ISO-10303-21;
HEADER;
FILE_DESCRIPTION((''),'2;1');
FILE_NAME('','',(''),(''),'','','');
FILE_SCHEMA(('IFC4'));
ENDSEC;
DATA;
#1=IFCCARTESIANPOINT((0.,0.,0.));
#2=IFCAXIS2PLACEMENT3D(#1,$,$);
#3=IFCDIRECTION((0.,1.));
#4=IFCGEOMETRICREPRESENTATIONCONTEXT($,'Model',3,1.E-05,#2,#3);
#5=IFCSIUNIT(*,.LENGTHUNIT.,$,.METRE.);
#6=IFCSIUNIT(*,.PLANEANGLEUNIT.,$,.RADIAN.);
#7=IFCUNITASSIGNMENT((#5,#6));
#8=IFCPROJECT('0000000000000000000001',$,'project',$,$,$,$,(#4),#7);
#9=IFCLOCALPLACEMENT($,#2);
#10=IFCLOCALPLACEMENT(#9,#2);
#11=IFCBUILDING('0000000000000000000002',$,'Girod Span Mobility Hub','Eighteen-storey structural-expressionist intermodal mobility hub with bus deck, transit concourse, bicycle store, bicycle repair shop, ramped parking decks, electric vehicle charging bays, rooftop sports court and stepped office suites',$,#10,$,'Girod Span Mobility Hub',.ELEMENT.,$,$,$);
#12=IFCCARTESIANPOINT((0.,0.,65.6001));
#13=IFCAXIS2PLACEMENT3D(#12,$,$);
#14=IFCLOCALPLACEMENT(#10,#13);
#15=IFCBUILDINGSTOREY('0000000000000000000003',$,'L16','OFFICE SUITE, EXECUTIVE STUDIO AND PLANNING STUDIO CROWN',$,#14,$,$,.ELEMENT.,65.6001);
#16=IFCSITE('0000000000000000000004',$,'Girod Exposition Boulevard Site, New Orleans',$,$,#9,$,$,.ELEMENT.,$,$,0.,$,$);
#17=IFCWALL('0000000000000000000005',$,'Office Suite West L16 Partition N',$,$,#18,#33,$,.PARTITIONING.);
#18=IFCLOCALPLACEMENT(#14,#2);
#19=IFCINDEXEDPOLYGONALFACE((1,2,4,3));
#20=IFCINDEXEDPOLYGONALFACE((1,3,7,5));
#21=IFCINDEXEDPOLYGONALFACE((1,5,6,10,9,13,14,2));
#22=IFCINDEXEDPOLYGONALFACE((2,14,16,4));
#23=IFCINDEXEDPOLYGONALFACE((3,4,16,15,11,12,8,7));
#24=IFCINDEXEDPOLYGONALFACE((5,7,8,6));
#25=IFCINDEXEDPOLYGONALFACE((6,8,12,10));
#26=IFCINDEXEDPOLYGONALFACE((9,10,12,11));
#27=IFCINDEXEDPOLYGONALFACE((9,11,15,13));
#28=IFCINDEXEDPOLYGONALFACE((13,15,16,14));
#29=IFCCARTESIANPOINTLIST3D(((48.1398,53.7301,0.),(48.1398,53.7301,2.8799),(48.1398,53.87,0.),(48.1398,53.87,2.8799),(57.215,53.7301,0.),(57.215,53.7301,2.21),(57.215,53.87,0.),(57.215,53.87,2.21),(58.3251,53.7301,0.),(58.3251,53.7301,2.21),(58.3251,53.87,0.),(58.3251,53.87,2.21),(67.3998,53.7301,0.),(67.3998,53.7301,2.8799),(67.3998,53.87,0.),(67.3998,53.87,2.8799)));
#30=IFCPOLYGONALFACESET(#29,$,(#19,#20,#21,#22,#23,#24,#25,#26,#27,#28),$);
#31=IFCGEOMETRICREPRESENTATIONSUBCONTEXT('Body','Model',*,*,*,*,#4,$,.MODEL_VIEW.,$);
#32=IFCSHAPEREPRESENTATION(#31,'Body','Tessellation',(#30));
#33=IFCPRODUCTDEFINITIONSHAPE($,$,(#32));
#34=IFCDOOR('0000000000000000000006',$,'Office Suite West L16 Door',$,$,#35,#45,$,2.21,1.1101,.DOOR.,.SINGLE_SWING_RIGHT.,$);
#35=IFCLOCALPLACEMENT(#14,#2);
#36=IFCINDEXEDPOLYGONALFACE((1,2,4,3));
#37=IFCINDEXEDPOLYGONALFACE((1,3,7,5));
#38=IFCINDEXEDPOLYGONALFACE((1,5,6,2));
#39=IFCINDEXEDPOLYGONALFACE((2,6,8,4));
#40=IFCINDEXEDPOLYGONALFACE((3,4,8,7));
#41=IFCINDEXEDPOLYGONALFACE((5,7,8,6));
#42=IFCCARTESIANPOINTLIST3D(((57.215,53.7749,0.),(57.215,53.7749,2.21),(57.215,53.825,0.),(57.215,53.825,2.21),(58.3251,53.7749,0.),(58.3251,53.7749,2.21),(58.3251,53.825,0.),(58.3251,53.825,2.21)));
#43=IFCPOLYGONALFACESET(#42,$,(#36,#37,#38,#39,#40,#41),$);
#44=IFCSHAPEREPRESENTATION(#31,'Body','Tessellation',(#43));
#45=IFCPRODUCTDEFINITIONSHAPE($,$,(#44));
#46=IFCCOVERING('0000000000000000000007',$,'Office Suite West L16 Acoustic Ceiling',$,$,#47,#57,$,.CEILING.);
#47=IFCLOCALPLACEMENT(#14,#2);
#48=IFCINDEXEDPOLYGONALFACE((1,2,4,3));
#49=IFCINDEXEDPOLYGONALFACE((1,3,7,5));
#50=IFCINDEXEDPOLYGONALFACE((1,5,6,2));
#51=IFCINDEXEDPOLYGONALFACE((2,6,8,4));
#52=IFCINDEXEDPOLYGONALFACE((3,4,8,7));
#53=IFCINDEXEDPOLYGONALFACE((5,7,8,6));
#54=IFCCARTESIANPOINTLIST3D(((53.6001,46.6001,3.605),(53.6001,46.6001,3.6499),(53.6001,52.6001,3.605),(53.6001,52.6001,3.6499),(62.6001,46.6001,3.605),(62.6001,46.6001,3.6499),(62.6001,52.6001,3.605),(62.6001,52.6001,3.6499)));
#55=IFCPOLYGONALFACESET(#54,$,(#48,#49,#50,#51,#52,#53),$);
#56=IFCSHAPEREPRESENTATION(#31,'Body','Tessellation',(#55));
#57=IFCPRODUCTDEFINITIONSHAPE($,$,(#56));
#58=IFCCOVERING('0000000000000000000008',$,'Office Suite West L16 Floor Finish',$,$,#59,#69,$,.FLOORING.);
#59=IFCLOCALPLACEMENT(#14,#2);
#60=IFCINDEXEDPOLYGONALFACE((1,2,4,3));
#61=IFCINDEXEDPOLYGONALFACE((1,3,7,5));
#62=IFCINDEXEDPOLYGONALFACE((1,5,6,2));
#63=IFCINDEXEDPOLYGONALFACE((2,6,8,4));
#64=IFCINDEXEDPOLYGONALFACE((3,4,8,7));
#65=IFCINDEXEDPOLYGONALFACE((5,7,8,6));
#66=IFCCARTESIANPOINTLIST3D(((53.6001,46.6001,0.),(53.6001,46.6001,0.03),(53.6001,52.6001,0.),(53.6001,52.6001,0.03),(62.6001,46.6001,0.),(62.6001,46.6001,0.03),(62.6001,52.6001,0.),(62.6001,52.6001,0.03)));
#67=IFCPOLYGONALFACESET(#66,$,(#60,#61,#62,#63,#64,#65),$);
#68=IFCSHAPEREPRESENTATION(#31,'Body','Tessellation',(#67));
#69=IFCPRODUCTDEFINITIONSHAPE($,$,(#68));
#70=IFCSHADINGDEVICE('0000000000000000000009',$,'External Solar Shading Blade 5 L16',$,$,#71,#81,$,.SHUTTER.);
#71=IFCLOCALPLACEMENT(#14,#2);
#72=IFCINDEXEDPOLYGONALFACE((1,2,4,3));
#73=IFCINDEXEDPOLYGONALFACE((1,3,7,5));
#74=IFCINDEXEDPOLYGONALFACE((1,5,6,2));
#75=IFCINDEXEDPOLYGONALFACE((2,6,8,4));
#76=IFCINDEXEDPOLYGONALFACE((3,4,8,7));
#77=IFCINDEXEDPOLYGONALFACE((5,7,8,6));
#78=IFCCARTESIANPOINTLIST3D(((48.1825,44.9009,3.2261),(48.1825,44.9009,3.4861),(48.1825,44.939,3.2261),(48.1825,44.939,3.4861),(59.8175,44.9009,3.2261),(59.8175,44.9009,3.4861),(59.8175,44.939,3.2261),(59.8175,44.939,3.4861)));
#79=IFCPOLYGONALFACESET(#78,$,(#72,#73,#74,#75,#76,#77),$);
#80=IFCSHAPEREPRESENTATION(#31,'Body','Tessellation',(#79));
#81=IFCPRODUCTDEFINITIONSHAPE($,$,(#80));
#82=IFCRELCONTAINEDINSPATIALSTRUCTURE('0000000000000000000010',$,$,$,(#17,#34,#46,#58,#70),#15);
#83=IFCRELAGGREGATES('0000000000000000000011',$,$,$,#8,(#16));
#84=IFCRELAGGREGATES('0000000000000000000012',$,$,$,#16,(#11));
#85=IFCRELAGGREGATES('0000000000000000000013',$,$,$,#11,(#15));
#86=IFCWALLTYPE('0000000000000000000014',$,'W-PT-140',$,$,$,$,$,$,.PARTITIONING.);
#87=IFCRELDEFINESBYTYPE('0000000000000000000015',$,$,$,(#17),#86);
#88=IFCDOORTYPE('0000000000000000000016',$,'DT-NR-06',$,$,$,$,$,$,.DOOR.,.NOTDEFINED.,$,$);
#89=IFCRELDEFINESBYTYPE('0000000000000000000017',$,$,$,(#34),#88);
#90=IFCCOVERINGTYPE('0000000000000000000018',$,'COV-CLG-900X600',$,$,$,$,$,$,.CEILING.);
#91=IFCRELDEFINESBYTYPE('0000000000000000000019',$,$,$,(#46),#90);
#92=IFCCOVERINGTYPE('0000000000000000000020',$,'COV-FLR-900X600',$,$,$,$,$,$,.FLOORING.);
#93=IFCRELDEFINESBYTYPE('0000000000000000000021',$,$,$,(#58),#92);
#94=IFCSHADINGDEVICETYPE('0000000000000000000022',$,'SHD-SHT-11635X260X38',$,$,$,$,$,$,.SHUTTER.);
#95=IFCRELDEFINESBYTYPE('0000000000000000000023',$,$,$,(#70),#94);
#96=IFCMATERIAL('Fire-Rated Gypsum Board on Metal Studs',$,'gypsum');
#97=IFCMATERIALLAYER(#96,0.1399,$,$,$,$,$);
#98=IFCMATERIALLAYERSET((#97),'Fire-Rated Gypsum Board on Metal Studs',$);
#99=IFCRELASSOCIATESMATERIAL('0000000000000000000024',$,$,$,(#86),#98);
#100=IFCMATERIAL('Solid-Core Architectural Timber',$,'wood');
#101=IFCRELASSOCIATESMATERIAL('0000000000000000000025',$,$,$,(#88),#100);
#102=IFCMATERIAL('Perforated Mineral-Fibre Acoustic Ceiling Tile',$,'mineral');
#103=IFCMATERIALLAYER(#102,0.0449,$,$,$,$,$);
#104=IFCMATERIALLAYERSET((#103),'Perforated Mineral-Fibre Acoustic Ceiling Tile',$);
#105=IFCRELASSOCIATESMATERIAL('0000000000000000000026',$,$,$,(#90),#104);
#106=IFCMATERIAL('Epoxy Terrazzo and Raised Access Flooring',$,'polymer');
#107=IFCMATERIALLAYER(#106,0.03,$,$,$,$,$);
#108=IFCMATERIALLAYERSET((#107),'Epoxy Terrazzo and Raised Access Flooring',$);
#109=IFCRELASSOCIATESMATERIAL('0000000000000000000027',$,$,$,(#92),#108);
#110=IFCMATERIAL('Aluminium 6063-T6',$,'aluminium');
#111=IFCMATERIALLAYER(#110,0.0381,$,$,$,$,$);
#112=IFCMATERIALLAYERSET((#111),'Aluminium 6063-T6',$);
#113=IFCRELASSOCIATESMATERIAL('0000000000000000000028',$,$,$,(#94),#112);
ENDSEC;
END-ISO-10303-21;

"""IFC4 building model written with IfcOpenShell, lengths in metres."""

from ifc_helpers import new_model, si_unit, direction, frame, frame_2d, origin, origin_2d, place, context, subcontext, project, spatial, rectangle, extrude, material, layer, layer_set, type_object, element, fill, save


model = new_model("IFC4")

# Units and contexts
model_context = context("Model", 3, precision=1e-05, world=origin(), true_north=direction((0.0, 1.0)))
body_context = subcontext(model_context, "Body", "Model", "MODEL_VIEW")
ifc_project = project(units=[si_unit("LENGTHUNIT", "METRE"), si_unit("PLANEANGLEUNIT", "RADIAN")], contexts=[model_context])

# Site, building, storey
site_placement = place(None, origin())
site = spatial("IfcSite", under=ifc_project, at=site_placement, Name="Girod Exposition Boulevard Site, New Orleans", CompositionType="ELEMENT", RefElevation=0.0)
building_placement = place(site_placement, origin())
building = spatial("IfcBuilding", under=site, at=building_placement, Name="Girod Span Mobility Hub", Description="Eighteen-storey structural-expressionist intermodal mobility hub with bus deck, transit concourse, bicycle store, bicycle repair shop, ramped parking decks, electric vehicle charging bays, rooftop sports court and stepped office suites", LongName="Girod Span Mobility Hub", CompositionType="ELEMENT")
storey_placement = place(building_placement, frame((0.0, 0.0, 65.6001)))
storey = spatial("IfcBuildingStorey", under=building, at=storey_placement, Name="L16", Description="OFFICE SUITE, EXECUTIVE STUDIO AND PLANNING STUDIO CROWN", CompositionType="ELEMENT", Elevation=65.6001)

# Wall, opening, door
ifc_material_1 = material(Name="Fire-Rated Gypsum Board on Metal Studs", Category="gypsum")
ifc_layer_1 = layer(ifc_material_1, 0.1399)
ifc_layer_set_1 = layer_set([ifc_layer_1], Name="Fire-Rated Gypsum Board on Metal Studs")
wall_type_1 = type_object("IfcWallType", Name="W-PT-140", PredefinedType="PARTITIONING", material=ifc_layer_set_1)
wall_1_placement = place(storey_placement, frame((48.1399, 53.8, 0.0), z_axis=(0.0, 0.0, 1.0), x_axis=(1.0, 0.0, 0.0)))
wall_1 = element("IfcWall", 1, at=wall_1_placement, inside=storey, type_object=wall_type_1, Name="Office Suite West L16 Partition N", PredefinedType="PARTITIONING", context=body_context, shape_type="SweptSolid", body=[
    extrude(rectangle(XDim=19.26, YDim=0.1399, at=frame_2d((9.6299, 0.0))), origin(), (0.0, 0.0, 1.0), 2.8799),
])
opening_1_placement = place(wall_1_placement, frame((9.075, 0.0, 0.0)))
opening_1 = element("IfcOpeningElement", 2, at=opening_1_placement, cuts=wall_1, PredefinedType="OPENING", context=body_context, shape_type="SweptSolid", body=[
    extrude(rectangle(XDim=1.1101, YDim=2.21, at=frame_2d((0.5552, 1.105))), frame((0.0, 0.085, 0.0), z_axis=(0.0, -1.0, 0.0), x_axis=(1.0, 0.0, 0.0)), (0.0, 0.0, 1.0), 0.1699),
])
ifc_material_2 = material(Name="Solid-Core Architectural Timber", Category="wood")
door_type_1 = type_object("IfcDoorType", Name="DT-NR-06", OperationType="NOTDEFINED", PredefinedType="DOOR", material=ifc_material_2)
door_1_placement = place(opening_1_placement, origin())
door_1 = element("IfcDoor", 3, at=door_1_placement, inside=storey, type_object=door_type_1, Name="Office Suite West L16 Door", OperationType="SINGLE_SWING_RIGHT", OverallHeight=2.21, OverallWidth=1.1101, PredefinedType="DOOR", context=body_context, shape_type="SweptSolid", body=[
    extrude(rectangle(XDim=1.1101, YDim=2.21, at=frame_2d((0.5552, 1.105))), frame((0.0, 0.0249, 0.0), z_axis=(0.0, -1.0, 0.0), x_axis=(1.0, 0.0, 0.0)), (0.0, 0.0, 1.0), 0.05),
])
fill(opening_1, door_1)

# Coverings
ifc_material_3 = material(Name="Perforated Mineral-Fibre Acoustic Ceiling Tile", Category="mineral")
ifc_layer_2 = layer(ifc_material_3, 0.0449)
ifc_layer_set_2 = layer_set([ifc_layer_2], Name="Perforated Mineral-Fibre Acoustic Ceiling Tile")
covering_type_1 = type_object("IfcCoveringType", Name="COV-CLG-900X600", PredefinedType="CEILING", material=ifc_layer_set_2)
covering_1_placement = place(storey_placement, frame((58.1001, 49.6001, 3.605), z_axis=(0.0, 0.0, 1.0), x_axis=(1.0, 0.0, 0.0)))
element("IfcCovering", 4, at=covering_1_placement, inside=storey, type_object=covering_type_1, Name="Office Suite West L16 Acoustic Ceiling", PredefinedType="CEILING", context=body_context, shape_type="SweptSolid", body=[
    extrude(rectangle(XDim=9.0, YDim=6.0, at=origin_2d()), origin(), (0.0, 0.0, 1.0), 0.0449),
])
ifc_material_4 = material(Name="Epoxy Terrazzo and Raised Access Flooring", Category="polymer")
ifc_layer_3 = layer(ifc_material_4, 0.03)
ifc_layer_set_3 = layer_set([ifc_layer_3], Name="Epoxy Terrazzo and Raised Access Flooring")
covering_type_2 = type_object("IfcCoveringType", Name="COV-FLR-900X600", PredefinedType="FLOORING", material=ifc_layer_set_3)
covering_2_placement = place(storey_placement, frame((58.1001, 49.6001, 0.0), z_axis=(0.0, 0.0, 1.0), x_axis=(1.0, 0.0, 0.0)))
element("IfcCovering", 5, at=covering_2_placement, inside=storey, type_object=covering_type_2, Name="Office Suite West L16 Floor Finish", PredefinedType="FLOORING", context=body_context, shape_type="SweptSolid", body=[
    extrude(rectangle(XDim=9.0, YDim=6.0, at=origin_2d()), origin(), (0.0, 0.0, 1.0), 0.03),
])

# Shading device
ifc_material_5 = material(Name="Aluminium 6063-T6", Category="aluminium")
ifc_layer_4 = layer(ifc_material_5, 0.0381)
ifc_layer_set_4 = layer_set([ifc_layer_4], Name="Aluminium 6063-T6")
shading_device_type = type_object("IfcShadingDeviceType", Name="SHD-SHT-11635X260X38", PredefinedType="SHUTTER", material=ifc_layer_set_4)
shading_device_placement = place(storey_placement, frame((54.0, 44.9199, 3.2261), z_axis=(0.0, 0.0, 1.0), x_axis=(1.0, 0.0, 0.0)))
element("IfcShadingDevice", 6, at=shading_device_placement, inside=storey, type_object=shading_device_type, Name="External Solar Shading Blade 5 L16", PredefinedType="SHUTTER", context=body_context, shape_type="SweptSolid", body=[
    extrude(rectangle(XDim=11.635, YDim=0.0381, at=origin_2d()), origin(), (0.0, 0.0, 1.0), 0.26),
])

save(model, "model.ifc")
